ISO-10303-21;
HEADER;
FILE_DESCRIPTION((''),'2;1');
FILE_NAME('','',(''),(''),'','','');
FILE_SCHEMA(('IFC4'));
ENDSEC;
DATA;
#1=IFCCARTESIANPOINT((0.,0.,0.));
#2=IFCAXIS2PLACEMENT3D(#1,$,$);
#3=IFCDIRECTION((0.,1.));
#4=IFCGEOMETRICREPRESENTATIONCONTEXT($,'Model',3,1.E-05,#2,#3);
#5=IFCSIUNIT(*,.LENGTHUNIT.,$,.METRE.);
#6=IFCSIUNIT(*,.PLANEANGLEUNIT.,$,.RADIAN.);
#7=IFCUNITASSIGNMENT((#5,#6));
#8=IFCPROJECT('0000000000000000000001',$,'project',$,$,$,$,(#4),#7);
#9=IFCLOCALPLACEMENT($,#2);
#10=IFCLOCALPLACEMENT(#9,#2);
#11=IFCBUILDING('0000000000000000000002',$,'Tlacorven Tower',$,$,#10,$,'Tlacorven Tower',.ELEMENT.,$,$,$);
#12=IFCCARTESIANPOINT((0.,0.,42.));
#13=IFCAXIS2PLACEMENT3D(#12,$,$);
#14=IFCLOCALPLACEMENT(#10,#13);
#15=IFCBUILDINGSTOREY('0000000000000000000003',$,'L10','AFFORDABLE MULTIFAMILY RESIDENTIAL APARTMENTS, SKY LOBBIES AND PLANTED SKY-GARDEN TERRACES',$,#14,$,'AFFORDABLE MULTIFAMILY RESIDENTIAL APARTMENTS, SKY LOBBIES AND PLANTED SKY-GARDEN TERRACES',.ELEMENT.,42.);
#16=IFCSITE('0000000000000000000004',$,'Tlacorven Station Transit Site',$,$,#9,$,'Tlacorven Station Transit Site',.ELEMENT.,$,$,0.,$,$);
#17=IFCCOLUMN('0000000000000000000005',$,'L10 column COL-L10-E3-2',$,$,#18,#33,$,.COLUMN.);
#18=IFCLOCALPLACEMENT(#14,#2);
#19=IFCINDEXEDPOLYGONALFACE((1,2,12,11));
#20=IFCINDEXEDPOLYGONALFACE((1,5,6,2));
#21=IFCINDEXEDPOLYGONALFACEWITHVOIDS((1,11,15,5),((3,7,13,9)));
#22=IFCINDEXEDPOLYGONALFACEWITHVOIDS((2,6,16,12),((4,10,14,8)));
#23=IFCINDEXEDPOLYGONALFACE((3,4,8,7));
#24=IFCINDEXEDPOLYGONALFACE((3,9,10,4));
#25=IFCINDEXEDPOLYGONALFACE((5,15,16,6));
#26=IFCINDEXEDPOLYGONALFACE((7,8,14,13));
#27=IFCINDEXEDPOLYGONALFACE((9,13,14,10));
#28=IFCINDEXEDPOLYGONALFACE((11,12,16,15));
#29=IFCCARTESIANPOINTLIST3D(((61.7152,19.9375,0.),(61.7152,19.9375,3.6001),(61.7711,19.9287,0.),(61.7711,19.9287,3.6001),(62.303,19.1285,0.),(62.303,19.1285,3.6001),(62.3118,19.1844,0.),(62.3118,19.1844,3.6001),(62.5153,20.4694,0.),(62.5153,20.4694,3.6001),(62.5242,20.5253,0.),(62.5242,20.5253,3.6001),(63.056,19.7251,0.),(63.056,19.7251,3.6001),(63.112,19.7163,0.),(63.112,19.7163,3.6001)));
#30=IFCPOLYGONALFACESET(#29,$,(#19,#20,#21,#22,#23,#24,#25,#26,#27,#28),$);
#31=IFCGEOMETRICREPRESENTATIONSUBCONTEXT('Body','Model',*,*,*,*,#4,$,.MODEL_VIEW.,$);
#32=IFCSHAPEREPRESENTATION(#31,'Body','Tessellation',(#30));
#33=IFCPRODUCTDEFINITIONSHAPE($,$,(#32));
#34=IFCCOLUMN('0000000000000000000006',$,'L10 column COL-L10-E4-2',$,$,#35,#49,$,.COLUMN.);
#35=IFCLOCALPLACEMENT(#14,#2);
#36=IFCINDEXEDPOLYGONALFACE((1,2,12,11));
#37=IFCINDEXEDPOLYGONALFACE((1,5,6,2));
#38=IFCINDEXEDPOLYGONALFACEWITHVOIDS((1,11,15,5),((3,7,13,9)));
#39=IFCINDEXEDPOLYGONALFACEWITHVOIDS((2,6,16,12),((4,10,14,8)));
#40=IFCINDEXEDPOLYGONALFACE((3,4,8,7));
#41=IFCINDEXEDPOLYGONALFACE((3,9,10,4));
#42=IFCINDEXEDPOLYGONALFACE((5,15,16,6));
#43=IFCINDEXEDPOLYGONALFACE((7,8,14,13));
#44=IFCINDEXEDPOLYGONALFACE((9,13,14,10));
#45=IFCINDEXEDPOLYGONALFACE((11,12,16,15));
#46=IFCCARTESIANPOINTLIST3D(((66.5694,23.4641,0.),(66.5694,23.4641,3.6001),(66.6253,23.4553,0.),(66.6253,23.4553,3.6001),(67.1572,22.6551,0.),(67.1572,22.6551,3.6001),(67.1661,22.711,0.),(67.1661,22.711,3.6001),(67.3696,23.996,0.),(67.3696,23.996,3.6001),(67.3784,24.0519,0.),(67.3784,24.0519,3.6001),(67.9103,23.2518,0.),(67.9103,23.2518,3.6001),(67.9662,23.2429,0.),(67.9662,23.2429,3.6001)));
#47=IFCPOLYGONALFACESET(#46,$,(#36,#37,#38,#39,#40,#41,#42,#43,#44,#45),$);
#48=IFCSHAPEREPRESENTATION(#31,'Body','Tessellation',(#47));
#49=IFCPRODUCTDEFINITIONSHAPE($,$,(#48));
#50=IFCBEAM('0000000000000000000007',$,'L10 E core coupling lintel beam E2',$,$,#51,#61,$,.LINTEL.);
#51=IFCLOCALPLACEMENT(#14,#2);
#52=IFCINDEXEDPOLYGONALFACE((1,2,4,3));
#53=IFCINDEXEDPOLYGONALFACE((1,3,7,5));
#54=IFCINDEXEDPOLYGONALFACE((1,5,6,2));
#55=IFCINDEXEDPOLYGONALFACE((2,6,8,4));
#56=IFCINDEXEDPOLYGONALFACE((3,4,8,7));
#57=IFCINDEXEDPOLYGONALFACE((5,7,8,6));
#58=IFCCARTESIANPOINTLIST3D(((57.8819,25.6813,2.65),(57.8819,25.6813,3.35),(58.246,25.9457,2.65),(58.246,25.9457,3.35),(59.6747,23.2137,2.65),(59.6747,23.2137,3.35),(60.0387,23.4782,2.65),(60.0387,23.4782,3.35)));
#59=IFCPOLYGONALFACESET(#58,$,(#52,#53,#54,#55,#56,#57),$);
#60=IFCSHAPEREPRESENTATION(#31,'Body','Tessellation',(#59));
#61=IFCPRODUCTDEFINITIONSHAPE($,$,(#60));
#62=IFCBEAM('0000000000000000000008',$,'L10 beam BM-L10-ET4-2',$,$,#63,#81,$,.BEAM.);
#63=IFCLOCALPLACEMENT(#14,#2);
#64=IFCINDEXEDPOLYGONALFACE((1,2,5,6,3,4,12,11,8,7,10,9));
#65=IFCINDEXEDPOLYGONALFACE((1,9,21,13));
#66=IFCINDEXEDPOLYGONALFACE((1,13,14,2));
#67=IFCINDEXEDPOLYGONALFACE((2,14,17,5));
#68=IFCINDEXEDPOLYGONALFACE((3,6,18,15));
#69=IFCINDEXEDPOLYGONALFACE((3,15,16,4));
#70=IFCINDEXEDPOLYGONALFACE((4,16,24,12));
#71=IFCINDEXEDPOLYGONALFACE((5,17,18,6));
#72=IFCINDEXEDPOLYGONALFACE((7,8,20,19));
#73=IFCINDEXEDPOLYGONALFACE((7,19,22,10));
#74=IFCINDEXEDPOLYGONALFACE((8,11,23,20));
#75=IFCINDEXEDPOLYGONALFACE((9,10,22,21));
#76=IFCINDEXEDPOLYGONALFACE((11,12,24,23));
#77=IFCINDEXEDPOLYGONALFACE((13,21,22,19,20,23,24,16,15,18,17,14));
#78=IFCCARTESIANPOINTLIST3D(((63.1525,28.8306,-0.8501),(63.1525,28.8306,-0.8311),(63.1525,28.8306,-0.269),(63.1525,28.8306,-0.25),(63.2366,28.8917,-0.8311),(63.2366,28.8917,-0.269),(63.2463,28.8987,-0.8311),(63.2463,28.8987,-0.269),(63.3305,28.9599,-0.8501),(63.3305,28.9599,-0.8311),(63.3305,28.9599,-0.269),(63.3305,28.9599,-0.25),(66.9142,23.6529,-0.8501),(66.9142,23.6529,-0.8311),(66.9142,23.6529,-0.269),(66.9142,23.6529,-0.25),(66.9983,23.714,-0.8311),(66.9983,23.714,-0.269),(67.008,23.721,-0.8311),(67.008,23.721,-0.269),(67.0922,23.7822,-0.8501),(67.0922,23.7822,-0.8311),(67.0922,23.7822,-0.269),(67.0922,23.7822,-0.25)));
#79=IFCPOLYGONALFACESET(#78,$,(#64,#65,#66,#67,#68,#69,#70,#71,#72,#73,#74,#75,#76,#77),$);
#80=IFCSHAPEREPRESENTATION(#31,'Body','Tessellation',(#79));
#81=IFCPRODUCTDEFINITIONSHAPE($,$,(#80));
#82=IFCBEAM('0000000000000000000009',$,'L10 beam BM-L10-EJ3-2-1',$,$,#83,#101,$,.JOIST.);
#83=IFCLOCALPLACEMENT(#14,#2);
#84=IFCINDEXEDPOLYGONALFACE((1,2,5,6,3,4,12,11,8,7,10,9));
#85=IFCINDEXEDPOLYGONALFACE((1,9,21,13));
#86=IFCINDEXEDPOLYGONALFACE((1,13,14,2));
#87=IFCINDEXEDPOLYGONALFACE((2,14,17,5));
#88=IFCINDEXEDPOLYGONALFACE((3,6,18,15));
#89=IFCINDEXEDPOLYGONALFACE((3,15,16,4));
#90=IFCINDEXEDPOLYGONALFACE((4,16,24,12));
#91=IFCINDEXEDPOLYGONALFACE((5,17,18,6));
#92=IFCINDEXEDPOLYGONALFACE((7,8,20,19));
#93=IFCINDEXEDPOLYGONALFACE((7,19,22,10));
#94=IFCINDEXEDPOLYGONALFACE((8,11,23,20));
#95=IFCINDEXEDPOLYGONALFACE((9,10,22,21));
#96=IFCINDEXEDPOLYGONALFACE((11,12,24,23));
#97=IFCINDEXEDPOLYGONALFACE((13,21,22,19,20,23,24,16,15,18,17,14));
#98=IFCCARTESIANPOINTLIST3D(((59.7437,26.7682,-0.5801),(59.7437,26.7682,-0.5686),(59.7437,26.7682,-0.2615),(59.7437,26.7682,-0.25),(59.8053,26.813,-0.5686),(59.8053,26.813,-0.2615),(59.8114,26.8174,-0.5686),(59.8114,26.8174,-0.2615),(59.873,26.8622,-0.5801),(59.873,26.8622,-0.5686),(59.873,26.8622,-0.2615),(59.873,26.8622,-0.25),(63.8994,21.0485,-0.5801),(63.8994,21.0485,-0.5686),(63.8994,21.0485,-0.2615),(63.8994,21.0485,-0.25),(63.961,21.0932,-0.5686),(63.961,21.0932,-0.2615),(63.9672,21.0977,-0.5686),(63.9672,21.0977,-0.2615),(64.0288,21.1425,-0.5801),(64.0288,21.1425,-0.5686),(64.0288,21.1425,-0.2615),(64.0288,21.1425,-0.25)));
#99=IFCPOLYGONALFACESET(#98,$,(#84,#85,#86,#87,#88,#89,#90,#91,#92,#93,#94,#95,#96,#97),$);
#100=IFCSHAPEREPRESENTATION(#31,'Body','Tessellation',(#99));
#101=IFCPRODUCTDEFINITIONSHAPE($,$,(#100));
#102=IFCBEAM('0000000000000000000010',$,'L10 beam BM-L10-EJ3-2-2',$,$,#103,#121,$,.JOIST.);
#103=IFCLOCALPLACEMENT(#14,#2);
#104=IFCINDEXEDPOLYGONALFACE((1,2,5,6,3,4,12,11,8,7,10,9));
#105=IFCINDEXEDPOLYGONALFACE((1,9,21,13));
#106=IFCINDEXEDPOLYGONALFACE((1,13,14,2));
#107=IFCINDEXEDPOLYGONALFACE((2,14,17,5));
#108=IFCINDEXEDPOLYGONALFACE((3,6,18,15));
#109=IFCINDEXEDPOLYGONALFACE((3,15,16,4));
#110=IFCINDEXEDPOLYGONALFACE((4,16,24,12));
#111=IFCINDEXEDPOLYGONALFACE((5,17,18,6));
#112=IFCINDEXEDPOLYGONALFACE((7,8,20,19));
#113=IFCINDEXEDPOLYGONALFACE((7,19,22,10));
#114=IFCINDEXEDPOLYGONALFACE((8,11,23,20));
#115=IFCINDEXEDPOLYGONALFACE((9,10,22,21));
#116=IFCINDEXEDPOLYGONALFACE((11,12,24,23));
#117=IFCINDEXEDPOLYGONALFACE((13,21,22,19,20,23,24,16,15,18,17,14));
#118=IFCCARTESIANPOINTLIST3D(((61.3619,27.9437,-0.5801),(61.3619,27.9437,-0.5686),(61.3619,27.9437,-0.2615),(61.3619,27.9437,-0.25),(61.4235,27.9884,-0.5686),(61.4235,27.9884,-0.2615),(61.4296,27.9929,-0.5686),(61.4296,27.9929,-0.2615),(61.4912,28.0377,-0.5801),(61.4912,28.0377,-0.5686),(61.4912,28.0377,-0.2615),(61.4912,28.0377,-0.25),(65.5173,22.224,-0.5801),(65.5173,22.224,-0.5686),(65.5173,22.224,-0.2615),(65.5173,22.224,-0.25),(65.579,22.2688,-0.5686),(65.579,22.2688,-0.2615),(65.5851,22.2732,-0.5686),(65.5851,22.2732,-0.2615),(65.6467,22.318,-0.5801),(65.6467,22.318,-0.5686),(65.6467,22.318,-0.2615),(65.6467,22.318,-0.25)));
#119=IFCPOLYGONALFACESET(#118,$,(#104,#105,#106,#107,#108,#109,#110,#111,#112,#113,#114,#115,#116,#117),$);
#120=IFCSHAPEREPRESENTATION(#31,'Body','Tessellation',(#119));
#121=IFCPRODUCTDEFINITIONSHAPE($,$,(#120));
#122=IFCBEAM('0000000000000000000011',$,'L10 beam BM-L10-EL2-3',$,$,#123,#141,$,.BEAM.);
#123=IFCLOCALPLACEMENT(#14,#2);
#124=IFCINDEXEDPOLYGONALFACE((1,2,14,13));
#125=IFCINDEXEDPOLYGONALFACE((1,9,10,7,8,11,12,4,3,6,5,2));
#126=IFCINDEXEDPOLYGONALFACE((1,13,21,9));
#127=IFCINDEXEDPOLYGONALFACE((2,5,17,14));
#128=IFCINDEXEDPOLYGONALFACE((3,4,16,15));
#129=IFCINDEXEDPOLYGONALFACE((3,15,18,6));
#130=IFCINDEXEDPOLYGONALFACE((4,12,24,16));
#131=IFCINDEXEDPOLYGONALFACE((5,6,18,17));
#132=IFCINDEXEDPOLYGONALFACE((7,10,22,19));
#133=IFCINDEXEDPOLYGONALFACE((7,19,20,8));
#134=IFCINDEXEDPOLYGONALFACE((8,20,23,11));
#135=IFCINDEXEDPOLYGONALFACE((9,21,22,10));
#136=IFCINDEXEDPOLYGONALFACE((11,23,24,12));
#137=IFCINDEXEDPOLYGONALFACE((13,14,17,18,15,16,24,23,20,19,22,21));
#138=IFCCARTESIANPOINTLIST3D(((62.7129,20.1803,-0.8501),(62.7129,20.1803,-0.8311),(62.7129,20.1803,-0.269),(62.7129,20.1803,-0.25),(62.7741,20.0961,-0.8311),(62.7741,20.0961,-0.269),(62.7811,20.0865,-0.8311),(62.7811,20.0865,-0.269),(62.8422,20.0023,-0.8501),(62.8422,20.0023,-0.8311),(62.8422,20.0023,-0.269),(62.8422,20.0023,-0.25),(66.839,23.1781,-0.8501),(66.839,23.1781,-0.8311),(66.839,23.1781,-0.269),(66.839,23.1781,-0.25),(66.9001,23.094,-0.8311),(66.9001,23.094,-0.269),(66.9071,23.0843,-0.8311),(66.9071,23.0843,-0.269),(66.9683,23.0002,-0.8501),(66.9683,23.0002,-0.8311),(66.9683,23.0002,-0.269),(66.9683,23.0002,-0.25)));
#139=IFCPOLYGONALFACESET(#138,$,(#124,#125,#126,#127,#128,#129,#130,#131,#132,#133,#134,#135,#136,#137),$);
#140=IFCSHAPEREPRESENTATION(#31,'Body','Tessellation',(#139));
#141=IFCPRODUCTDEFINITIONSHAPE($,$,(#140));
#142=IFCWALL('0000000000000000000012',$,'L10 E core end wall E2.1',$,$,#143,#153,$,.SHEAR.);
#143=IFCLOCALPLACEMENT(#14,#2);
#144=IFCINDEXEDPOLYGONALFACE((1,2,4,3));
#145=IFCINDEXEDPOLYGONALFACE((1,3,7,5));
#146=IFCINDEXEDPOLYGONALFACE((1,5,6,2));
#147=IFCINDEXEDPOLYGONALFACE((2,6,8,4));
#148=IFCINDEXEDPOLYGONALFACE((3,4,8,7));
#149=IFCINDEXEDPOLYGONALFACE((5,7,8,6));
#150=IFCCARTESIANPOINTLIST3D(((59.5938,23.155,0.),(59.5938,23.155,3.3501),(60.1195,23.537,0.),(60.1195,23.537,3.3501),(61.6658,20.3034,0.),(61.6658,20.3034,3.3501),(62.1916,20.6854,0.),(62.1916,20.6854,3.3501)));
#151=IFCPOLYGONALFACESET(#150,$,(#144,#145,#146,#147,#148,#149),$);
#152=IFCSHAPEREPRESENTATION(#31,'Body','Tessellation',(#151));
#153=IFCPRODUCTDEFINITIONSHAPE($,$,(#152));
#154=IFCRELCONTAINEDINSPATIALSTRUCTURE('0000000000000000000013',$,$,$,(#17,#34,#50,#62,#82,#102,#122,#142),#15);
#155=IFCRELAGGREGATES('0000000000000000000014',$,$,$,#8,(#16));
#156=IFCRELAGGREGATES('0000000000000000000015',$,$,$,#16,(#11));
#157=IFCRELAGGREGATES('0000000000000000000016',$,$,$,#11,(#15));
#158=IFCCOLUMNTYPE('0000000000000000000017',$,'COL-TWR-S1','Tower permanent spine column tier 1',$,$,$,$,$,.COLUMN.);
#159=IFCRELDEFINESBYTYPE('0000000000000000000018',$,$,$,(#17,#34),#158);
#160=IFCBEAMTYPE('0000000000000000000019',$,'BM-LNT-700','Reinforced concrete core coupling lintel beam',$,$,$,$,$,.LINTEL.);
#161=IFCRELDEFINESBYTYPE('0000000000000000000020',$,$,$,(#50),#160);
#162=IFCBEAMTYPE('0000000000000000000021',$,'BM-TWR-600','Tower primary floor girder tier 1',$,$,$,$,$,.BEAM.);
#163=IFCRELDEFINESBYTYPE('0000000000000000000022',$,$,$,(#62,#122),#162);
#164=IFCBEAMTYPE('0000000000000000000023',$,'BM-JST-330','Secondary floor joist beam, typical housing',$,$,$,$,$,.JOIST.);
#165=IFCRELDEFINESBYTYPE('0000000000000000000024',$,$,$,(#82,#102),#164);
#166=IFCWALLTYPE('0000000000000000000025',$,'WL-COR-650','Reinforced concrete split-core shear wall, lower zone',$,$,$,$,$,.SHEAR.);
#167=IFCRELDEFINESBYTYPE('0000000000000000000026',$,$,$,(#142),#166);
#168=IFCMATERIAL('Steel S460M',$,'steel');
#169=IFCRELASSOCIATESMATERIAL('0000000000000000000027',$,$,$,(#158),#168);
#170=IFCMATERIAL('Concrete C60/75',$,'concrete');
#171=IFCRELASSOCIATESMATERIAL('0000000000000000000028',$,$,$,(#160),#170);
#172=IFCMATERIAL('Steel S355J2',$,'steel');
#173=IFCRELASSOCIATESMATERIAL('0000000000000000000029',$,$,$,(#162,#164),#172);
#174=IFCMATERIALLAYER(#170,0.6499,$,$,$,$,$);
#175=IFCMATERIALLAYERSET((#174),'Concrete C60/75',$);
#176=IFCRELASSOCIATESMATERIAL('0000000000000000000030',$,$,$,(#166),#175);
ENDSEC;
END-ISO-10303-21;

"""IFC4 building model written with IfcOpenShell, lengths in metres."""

from ifc_helpers import new_model, si_unit, direction, frame, frame_2d, origin, origin_2d, place, context, subcontext, project, spatial, rectangle, hollow_rectangle, i_section, extrude, source, transform, mapped, material, layer, layer_set, material_profile, profile_set, type_object, element, save


model = new_model("IFC4")

# Units and contexts
model_context = context("Model", 3, precision=1e-05, world=origin(), true_north=direction((0.0, 1.0)))
body_context = subcontext(model_context, "Body", "Model", "MODEL_VIEW")
ifc_project = project(units=[si_unit("LENGTHUNIT", "METRE"), si_unit("PLANEANGLEUNIT", "RADIAN")], contexts=[model_context])

# Site, building, storey
site_placement = place(None, origin())
site = spatial("IfcSite", under=ifc_project, at=site_placement, Name="Tlacorven Station Transit Site", LongName="Tlacorven Station Transit Site", CompositionType="ELEMENT", RefElevation=0.0)
building_placement = place(site_placement, origin())
building = spatial("IfcBuilding", under=site, at=building_placement, Name="Tlacorven Tower", LongName="Tlacorven Tower", CompositionType="ELEMENT")
storey_placement = place(building_placement, frame((0.0, 0.0, 42.0)))
storey = spatial("IfcBuildingStorey", under=building, at=storey_placement, Name="L10", Description="AFFORDABLE MULTIFAMILY RESIDENTIAL APARTMENTS, SKY LOBBIES AND PLANTED SKY-GARDEN TERRACES", LongName="AFFORDABLE MULTIFAMILY RESIDENTIAL APARTMENTS, SKY LOBBIES AND PLANTED SKY-GARDEN TERRACES", CompositionType="ELEMENT", Elevation=42.0)

# Columns
ifc_material_1 = material(Name="Steel S460M", Category="steel")
ifc_material_profile_1 = material_profile(ifc_material_1, hollow_rectangle(XDim=1.0, YDim=1.0, WallThickness=0.04, at=origin_2d()), Name="BOX 1000X1000X40")
ifc_profile_set_1 = profile_set([ifc_material_profile_1], Name="Steel S460M")
column_type = type_object("IfcColumnType", Name="COL-TWR-S1", Description="Tower permanent spine column tier 1", PredefinedType="COLUMN", material=ifc_profile_set_1)
shared_shape_1 = source(origin(), body_context, "Body", "SweptSolid", [
    extrude(hollow_rectangle(XDim=1.0, YDim=1.0, WallThickness=0.04, at=origin_2d()), origin(), (0.0, 0.0, 1.0), 3.6001),
])
for number, where, z_axis, x_axis, name in (
    (1, (62.4136, 19.8269, 0.0), (0.0, 0.0, 1.0), (0.809017, 0.587785, 0.0), "L10 column COL-L10-E3-2"),
    (2, (67.2678, 23.3535, 0.0), (0.0, 0.0, 1.0), (0.809017, 0.587785, 0.0), "L10 column COL-L10-E4-2"),
):
    element("IfcColumn", number, at=place(storey_placement, frame(where, z_axis=z_axis, x_axis=x_axis)), inside=storey, type_object=column_type, Name=name, PredefinedType="COLUMN", context=body_context, shape_type="MappedRepresentation", body=[
        mapped(shared_shape_1, transform((0.0, 0.0, 0.0), scale=1.0)),
    ])

# Beams
ifc_material_2 = material(Name="Concrete C60/75", Category="concrete")
ifc_material_profile_2 = material_profile(ifc_material_2, rectangle(XDim=0.45, YDim=0.7, at=origin_2d()), Name="RC 450X700")
ifc_profile_set_2 = profile_set([ifc_material_profile_2], Name="Concrete C60/75")
beam_type_1 = type_object("IfcBeamType", Name="BM-LNT-700", Description="Reinforced concrete core coupling lintel beam", PredefinedType="LINTEL", material=ifc_profile_set_2)
shared_shape_2 = source(origin(), body_context, "Body", "SweptSolid", [
    extrude(rectangle(XDim=0.45, YDim=0.7, at=origin_2d()), origin(), (0.0, 0.0, 1.0), 3.05),
])
beam_1_placement = place(storey_placement, frame((59.8567, 23.3459, 3.0), z_axis=(-0.587777, 0.809023, 0.0), x_axis=(-0.809023, -0.587777, 0.0)))
element("IfcBeam", 3, at=beam_1_placement, inside=storey, type_object=beam_type_1, Name="L10 E core coupling lintel beam E2", PredefinedType="LINTEL", context=body_context, shape_type="MappedRepresentation", body=[
    mapped(shared_shape_2, transform((0.0, 0.0, 0.0), scale=1.0)),
])
ifc_material_3 = material(Name="Steel S355J2", Category="steel")
ifc_material_profile_3 = material_profile(ifc_material_3, i_section(OverallWidth=0.22, OverallDepth=0.6001, WebThickness=0.012, FlangeThickness=0.019, at=origin_2d()), Name="IPE 600")
ifc_profile_set_3 = profile_set([ifc_material_profile_3], Name="Steel S355J2")
beam_type_2 = type_object("IfcBeamType", Name="BM-TWR-600", Description="Tower primary floor girder tier 1", PredefinedType="BEAM", material=ifc_profile_set_3)
shared_shape_3 = source(origin(), body_context, "Body", "SweptSolid", [
    extrude(i_section(OverallWidth=0.22, OverallDepth=0.6001, WebThickness=0.012, FlangeThickness=0.019, at=origin_2d()), origin(), (0.0, 0.0, 1.0), 6.3999),
])
beam_2_placement = place(storey_placement, frame((67.0032, 23.7175, -0.55), z_axis=(-0.587772, 0.809026, 0.0), x_axis=(-0.809026, -0.587772, 0.0)))
element("IfcBeam", 4, at=beam_2_placement, inside=storey, type_object=beam_type_2, Name="L10 beam BM-L10-ET4-2", PredefinedType="BEAM", context=body_context, shape_type="MappedRepresentation", body=[
    mapped(shared_shape_3, transform((0.0, 0.0, 0.0), scale=1.0)),
])
ifc_material_profile_4 = material_profile(ifc_material_3, i_section(OverallWidth=0.1599, OverallDepth=0.3301, WebThickness=0.0076, FlangeThickness=0.0115, at=origin_2d()), Name="IPE 330")
ifc_profile_set_4 = profile_set([ifc_material_profile_4], Name="Steel S355J2")
beam_type_3 = type_object("IfcBeamType", Name="BM-JST-330", Description="Secondary floor joist beam, typical housing", PredefinedType="JOIST", material=ifc_profile_set_4)
shared_shape_4 = source(origin(), body_context, "Body", "SweptSolid", [
    extrude(i_section(OverallWidth=0.1599, OverallDepth=0.3301, WebThickness=0.0076, FlangeThickness=0.0115, at=origin_2d()), origin(), (0.0, 0.0, 1.0), 7.0701),
])
beam_3_placement = place(storey_placement, frame((63.9641, 21.0955, -0.415), z_axis=(-0.587798, 0.809008, 0.0), x_axis=(-0.809008, -0.587798, 0.0)))
element("IfcBeam", 5, at=beam_3_placement, inside=storey, type_object=beam_type_3, Name="L10 beam BM-L10-EJ3-2-1", PredefinedType="JOIST", context=body_context, shape_type="MappedRepresentation", body=[
    mapped(shared_shape_4, transform((0.0, 0.0, 0.0), scale=1.0)),
])
shared_shape_5 = source(origin(), body_context, "Body", "SweptSolid", [
    extrude(i_section(OverallWidth=0.1599, OverallDepth=0.3301, WebThickness=0.0076, FlangeThickness=0.0115, at=origin_2d()), origin(), (0.0, 0.0, 1.0), 7.0698),
])
beam_4_placement = place(storey_placement, frame((65.582, 22.271, -0.415), z_axis=(-0.587775, 0.809024, 0.0), x_axis=(-0.809024, -0.587775, 0.0)))
element("IfcBeam", 6, at=beam_4_placement, inside=storey, type_object=beam_type_3, Name="L10 beam BM-L10-EJ3-2-2", PredefinedType="JOIST", context=body_context, shape_type="MappedRepresentation", body=[
    mapped(shared_shape_5, transform((0.0, 0.0, 0.0), scale=1.0)),
])
shared_shape_6 = source(origin(), body_context, "Body", "SweptSolid", [
    extrude(i_section(OverallWidth=0.22, OverallDepth=0.6001, WebThickness=0.012, FlangeThickness=0.019, at=origin_2d()), origin(), (0.0, 0.0, 1.0), 5.1001),
])
beam_5_placement = place(storey_placement, frame((62.7776, 20.0913, -0.55), z_axis=(0.809007, 0.587799, 0.0), x_axis=(-0.587799, 0.809007, 0.0)))
element("IfcBeam", 7, at=beam_5_placement, inside=storey, type_object=beam_type_2, Name="L10 beam BM-L10-EL2-3", PredefinedType="BEAM", context=body_context, shape_type="MappedRepresentation", body=[
    mapped(shared_shape_6, transform((0.0, 0.0, 0.0), scale=1.0)),
])

# Wall
ifc_layer_1 = layer(ifc_material_2, 0.6499)
ifc_layer_set_1 = layer_set([ifc_layer_1], Name="Concrete C60/75")
wall_type_1 = type_object("IfcWallType", Name="WL-COR-650", Description="Reinforced concrete split-core shear wall, lower zone", PredefinedType="SHEAR", material=ifc_layer_set_1)
wall_1_placement = place(storey_placement, frame((61.9287, 20.4944, 0.0), z_axis=(0.0, 0.0, 1.0), x_axis=(-0.58783, 0.808985, 0.0)))
element("IfcWall", 8, at=wall_1_placement, inside=storey, type_object=wall_type_1, Name="L10 E core end wall E2.1", PredefinedType="SHEAR", context=body_context, shape_type="SweptSolid", body=[
    extrude(rectangle(XDim=3.5249, YDim=0.6499, at=frame_2d((1.7625, 0.0))), origin(), (0.0, 0.0, 1.0), 3.3501),
])

save(model, "model.ifc")
